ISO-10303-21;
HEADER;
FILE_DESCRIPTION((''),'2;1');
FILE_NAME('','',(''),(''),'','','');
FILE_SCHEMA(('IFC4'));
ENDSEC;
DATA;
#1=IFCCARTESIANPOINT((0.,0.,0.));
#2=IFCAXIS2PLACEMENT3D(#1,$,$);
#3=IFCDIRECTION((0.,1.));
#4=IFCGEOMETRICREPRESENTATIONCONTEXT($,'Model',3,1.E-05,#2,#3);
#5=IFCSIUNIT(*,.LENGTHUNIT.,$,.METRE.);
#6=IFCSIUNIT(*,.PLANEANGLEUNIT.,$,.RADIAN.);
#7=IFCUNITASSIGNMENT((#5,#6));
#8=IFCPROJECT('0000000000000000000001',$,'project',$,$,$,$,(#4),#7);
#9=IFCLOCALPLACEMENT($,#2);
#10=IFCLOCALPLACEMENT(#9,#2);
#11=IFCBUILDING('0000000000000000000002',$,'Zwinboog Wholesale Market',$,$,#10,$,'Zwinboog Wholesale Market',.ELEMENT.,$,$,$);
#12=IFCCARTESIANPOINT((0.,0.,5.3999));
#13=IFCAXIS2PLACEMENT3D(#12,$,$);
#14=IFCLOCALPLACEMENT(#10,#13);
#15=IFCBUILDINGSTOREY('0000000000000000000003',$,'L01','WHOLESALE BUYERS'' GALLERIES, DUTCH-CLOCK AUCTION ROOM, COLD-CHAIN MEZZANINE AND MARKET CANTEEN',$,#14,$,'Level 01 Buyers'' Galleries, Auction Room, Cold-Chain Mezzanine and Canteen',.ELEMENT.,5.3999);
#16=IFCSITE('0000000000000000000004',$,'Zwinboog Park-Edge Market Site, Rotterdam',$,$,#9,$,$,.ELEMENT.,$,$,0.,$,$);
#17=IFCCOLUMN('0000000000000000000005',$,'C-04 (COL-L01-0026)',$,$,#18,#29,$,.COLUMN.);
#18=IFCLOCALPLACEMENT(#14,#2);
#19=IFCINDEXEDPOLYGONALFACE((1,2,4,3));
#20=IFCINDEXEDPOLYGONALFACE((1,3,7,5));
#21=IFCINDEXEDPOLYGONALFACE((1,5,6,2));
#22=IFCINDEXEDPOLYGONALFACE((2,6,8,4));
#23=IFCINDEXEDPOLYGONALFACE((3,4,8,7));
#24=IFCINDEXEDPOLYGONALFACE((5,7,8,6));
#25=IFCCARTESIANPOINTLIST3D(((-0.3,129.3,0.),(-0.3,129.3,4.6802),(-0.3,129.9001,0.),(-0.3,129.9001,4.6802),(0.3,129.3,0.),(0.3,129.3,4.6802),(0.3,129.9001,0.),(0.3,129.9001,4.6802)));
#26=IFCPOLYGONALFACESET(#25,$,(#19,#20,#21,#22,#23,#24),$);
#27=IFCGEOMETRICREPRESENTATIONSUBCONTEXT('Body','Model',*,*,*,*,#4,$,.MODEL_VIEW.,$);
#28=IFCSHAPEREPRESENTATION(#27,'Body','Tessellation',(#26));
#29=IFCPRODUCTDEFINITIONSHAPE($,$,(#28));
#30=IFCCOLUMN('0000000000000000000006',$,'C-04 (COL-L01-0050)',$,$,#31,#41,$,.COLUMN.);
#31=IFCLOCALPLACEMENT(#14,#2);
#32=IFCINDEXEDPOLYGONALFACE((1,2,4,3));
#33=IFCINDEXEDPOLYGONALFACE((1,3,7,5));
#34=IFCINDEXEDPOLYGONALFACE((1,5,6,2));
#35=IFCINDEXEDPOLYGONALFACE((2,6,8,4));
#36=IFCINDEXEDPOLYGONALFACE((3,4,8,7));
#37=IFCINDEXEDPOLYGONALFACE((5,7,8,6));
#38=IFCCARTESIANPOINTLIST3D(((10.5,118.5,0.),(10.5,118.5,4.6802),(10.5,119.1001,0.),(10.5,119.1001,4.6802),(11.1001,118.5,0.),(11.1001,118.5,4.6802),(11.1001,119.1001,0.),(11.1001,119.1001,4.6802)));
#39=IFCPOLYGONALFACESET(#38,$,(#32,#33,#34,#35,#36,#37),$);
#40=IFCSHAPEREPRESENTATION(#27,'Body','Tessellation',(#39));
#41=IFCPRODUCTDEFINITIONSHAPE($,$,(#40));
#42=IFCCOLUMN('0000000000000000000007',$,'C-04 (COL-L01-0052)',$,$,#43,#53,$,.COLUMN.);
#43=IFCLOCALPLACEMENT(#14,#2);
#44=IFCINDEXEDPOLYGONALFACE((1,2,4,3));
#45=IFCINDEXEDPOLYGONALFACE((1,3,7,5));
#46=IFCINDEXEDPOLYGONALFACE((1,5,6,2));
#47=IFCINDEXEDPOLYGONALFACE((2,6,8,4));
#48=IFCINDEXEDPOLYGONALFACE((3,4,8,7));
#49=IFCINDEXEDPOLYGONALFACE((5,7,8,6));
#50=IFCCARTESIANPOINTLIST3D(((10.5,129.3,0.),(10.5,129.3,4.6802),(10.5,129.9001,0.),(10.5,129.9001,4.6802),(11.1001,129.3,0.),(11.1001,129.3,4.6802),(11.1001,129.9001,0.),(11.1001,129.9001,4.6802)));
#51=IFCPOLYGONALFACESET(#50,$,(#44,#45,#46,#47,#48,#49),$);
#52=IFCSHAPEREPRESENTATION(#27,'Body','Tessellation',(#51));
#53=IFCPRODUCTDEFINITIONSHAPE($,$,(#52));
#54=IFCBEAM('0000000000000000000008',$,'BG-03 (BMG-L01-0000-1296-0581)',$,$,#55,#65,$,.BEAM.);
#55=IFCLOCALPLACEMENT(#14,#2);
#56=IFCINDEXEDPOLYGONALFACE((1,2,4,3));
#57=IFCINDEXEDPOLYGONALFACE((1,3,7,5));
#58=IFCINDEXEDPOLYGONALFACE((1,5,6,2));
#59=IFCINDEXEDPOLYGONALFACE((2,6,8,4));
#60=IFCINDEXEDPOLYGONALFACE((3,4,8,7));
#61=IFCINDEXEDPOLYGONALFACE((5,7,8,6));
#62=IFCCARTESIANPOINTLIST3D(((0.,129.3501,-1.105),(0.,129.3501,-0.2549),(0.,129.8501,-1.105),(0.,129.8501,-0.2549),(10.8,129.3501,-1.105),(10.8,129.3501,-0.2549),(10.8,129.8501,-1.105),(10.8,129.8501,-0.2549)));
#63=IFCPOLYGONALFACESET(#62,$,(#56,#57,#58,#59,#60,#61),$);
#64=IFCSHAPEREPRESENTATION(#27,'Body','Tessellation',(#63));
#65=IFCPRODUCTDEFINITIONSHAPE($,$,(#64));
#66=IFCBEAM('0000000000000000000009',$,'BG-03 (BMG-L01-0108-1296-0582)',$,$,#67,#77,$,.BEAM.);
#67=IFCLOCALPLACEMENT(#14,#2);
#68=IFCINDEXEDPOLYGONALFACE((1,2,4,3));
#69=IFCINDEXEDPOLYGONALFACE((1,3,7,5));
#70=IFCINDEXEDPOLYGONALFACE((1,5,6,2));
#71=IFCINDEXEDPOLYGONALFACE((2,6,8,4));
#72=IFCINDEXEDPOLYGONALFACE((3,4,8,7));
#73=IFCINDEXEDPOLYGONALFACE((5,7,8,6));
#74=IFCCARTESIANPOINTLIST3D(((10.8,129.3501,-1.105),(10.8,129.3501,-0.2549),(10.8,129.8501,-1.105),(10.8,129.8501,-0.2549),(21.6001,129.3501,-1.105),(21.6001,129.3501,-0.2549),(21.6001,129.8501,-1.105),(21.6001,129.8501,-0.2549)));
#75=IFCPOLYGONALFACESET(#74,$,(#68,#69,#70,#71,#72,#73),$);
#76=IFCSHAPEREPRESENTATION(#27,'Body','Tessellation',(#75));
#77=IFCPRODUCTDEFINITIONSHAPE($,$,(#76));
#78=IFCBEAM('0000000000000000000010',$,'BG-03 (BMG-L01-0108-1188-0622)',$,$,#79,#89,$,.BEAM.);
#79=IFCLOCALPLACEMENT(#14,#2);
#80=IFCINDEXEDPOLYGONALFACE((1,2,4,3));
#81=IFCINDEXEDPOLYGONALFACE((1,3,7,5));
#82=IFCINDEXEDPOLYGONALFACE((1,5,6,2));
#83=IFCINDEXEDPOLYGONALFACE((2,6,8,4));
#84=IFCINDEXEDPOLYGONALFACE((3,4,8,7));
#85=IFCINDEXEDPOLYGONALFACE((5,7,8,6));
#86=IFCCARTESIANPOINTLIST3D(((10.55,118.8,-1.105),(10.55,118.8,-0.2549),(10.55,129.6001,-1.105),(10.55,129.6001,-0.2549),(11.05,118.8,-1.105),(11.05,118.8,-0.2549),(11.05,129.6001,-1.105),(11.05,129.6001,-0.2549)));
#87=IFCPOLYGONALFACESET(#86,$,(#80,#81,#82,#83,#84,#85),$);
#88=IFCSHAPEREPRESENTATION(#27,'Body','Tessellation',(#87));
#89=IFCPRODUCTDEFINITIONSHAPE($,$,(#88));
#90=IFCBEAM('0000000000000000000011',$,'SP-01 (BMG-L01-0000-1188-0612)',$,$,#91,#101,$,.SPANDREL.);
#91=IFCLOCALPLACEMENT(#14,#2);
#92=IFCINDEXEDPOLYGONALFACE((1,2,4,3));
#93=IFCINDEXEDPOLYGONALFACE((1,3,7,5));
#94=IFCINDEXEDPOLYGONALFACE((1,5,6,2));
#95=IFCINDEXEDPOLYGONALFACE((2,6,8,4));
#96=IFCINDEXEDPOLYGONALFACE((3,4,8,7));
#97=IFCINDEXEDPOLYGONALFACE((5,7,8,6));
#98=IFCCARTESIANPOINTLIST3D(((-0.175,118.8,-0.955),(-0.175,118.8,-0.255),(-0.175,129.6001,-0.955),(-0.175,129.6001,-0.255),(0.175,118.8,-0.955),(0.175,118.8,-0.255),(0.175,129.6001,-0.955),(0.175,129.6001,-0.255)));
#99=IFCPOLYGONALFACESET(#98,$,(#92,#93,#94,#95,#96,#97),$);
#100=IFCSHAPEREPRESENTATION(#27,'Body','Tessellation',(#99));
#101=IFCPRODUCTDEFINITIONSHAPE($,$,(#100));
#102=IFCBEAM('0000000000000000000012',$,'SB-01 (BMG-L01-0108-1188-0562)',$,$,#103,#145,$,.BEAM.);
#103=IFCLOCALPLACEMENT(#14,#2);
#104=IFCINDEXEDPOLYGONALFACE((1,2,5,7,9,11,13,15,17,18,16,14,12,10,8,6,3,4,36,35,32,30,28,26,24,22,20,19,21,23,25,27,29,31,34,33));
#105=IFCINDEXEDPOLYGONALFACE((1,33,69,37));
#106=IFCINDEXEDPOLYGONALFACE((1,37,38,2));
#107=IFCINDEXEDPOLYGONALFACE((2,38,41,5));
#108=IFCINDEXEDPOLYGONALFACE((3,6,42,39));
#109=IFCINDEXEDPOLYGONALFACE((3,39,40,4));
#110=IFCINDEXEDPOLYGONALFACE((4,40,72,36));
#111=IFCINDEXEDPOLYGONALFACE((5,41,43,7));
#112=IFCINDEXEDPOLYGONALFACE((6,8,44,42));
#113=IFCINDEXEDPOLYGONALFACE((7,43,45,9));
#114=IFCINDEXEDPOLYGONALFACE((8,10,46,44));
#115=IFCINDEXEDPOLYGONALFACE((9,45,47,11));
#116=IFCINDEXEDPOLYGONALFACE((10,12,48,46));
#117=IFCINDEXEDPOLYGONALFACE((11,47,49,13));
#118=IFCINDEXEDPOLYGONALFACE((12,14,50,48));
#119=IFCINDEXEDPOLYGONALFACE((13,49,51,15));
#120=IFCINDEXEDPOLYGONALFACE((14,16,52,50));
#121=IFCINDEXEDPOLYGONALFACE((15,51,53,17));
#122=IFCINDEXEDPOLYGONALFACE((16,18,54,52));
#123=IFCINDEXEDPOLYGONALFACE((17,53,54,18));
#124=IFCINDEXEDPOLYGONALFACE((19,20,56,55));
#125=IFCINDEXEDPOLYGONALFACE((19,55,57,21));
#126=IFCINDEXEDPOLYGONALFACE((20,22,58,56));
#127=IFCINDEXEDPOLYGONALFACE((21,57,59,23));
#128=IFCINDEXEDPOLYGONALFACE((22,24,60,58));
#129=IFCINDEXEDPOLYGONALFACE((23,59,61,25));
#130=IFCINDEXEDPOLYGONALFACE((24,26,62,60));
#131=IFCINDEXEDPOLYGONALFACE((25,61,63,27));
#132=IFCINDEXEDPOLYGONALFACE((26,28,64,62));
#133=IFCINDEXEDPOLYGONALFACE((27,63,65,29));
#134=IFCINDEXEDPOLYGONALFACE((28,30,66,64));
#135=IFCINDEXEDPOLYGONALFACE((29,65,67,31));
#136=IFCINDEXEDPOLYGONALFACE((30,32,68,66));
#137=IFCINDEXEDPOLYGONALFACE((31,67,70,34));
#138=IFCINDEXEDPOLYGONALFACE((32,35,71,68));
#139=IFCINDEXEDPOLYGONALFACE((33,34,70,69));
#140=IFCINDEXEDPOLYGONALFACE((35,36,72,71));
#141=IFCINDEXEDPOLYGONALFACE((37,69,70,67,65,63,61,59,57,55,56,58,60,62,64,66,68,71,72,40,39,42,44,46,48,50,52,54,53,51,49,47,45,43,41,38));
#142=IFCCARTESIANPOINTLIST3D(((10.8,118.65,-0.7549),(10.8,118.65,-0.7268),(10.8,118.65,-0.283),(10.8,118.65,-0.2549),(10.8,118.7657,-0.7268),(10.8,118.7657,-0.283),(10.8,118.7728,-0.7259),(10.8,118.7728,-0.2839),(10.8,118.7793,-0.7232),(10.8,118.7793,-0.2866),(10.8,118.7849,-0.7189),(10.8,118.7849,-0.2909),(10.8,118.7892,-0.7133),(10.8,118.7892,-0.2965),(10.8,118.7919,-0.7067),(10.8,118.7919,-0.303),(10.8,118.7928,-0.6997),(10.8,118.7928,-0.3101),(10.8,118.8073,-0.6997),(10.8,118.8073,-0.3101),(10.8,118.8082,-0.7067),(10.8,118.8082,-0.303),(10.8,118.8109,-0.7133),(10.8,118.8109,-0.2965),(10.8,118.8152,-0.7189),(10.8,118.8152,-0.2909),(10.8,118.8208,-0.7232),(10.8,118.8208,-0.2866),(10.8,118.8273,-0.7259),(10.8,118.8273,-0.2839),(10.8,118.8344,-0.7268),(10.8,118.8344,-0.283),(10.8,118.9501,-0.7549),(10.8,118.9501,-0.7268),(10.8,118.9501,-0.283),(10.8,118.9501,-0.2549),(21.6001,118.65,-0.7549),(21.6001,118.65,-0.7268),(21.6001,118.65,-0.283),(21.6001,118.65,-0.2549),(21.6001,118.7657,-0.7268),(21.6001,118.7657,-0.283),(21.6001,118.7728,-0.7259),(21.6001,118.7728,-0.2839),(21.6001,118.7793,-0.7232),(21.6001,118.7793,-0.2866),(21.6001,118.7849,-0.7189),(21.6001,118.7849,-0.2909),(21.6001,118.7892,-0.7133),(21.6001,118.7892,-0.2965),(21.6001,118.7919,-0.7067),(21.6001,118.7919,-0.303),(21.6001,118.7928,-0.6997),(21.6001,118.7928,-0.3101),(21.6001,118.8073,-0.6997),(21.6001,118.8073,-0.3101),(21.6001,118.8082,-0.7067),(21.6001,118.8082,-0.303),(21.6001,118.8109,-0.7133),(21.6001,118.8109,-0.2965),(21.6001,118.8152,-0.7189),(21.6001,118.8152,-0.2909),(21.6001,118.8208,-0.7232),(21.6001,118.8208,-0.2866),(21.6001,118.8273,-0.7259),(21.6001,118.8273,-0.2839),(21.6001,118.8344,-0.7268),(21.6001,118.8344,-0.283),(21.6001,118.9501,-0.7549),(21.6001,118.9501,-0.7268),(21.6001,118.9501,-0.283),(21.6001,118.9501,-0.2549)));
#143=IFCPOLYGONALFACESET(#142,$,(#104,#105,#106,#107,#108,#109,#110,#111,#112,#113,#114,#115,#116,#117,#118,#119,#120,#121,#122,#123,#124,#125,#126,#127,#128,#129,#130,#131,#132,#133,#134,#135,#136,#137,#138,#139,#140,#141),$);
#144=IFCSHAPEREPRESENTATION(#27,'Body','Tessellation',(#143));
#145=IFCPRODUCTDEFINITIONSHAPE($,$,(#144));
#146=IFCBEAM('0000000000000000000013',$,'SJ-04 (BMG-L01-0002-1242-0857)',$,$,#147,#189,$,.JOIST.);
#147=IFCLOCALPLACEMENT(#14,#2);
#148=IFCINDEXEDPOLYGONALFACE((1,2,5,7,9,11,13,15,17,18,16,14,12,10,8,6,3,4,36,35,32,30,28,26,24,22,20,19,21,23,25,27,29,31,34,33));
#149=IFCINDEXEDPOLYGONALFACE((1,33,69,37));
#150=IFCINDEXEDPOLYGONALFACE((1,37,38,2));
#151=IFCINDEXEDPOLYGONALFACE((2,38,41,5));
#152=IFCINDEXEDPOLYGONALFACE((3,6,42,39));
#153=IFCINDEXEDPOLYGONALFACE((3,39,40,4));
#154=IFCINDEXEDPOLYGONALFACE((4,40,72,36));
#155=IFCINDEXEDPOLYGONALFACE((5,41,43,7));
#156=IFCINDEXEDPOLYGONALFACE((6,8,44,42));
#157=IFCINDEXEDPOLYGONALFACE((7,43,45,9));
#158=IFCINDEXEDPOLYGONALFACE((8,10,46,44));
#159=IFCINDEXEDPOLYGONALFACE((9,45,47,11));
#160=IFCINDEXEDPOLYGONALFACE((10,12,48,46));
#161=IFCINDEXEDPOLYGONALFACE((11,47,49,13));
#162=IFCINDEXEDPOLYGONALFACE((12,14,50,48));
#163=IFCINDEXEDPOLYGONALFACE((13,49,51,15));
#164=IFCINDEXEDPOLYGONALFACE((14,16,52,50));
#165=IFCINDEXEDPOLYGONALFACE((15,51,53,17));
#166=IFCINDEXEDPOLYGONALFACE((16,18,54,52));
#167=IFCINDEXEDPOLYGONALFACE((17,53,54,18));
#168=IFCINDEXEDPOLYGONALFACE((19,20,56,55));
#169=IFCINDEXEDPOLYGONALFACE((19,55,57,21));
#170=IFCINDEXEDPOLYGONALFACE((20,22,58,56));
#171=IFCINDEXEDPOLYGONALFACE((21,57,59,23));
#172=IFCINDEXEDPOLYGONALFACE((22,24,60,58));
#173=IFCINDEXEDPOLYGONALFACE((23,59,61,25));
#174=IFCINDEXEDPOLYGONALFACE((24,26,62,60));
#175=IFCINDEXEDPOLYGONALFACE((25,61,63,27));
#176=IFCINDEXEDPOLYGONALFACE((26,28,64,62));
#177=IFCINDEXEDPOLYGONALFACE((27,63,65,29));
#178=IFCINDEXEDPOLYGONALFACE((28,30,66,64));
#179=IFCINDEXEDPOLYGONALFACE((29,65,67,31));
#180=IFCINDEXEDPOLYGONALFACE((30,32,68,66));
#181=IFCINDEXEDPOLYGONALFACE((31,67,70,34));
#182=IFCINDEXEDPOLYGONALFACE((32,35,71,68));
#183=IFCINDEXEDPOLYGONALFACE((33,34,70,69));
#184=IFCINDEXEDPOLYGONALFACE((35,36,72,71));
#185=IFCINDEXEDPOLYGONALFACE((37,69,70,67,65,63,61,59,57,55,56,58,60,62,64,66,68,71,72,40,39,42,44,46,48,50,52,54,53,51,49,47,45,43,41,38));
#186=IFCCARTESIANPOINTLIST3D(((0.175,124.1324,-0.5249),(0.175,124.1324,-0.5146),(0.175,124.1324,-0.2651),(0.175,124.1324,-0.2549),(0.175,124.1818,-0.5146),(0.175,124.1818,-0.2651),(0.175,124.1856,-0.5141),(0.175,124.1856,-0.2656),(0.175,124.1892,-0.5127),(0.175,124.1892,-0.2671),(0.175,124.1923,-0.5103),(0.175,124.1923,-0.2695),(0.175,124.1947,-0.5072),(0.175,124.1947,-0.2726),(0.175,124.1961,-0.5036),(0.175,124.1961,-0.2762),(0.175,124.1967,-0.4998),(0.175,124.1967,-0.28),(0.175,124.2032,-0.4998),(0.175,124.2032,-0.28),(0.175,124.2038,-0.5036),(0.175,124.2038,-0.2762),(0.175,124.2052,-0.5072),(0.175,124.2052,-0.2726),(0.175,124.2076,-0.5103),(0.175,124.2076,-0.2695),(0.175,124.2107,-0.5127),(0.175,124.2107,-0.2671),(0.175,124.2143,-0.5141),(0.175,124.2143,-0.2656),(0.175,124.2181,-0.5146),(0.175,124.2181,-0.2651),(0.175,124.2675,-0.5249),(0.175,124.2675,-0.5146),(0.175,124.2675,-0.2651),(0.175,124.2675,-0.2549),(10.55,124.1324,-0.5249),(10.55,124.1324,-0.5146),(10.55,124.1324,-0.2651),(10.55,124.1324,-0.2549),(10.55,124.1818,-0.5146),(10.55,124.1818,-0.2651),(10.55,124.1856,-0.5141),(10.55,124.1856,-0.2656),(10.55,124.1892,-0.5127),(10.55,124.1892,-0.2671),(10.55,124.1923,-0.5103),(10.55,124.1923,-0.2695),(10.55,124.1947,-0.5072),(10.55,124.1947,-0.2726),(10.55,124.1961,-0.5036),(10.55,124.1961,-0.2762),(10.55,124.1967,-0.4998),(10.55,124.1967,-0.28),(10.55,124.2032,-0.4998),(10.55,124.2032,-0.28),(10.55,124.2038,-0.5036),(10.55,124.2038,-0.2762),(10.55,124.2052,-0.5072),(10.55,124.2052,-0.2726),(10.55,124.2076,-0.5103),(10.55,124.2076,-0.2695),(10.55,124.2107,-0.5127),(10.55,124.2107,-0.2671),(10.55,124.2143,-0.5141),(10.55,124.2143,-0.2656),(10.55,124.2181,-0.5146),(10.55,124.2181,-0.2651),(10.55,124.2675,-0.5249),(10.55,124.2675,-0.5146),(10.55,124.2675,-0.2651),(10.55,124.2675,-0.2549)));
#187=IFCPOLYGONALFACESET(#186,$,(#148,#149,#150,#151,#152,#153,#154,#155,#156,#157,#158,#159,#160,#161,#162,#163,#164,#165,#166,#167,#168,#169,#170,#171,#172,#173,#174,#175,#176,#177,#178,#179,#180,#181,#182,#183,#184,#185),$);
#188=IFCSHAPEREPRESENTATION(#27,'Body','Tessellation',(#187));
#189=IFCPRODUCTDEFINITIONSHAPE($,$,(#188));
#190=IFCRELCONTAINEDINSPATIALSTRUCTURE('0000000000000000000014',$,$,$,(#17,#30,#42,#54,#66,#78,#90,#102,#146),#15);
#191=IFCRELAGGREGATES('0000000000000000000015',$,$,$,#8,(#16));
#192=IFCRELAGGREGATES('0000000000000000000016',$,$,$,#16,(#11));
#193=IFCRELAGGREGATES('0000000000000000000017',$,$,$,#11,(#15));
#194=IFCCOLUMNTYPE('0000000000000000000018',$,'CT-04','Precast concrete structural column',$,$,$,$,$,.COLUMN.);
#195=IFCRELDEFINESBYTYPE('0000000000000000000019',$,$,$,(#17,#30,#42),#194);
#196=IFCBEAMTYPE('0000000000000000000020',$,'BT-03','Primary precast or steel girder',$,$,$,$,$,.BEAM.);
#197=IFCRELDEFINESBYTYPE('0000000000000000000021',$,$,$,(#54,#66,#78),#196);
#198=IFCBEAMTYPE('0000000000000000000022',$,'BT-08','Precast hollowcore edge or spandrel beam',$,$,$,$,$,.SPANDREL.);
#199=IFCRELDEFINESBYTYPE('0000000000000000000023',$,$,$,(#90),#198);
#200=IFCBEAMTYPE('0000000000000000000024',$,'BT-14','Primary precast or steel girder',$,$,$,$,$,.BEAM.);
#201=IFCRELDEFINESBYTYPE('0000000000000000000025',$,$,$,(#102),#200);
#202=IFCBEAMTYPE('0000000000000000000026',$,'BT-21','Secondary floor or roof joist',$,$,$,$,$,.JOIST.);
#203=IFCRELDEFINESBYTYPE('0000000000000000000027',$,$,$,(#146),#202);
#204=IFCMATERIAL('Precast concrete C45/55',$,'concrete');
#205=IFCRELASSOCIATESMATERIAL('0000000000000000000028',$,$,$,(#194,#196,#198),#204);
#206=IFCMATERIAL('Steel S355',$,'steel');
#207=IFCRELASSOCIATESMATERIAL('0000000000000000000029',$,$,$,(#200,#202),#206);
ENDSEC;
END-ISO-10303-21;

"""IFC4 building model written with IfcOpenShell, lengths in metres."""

from ifc_helpers import new_model, si_unit, direction, frame, origin, origin_2d, place, context, subcontext, project, spatial, rectangle, i_section, extrude, material, material_profile, profile_set, type_object, element, save


model = new_model("IFC4")

# Units and contexts
model_context = context("Model", 3, precision=1e-05, world=origin(), true_north=direction((0.0, 1.0)))
body_context = subcontext(model_context, "Body", "Model", "MODEL_VIEW")
ifc_project = project(units=[si_unit("LENGTHUNIT", "METRE"), si_unit("PLANEANGLEUNIT", "RADIAN")], contexts=[model_context])

# Site, building, storey
site_placement = place(None, origin())
site = spatial("IfcSite", under=ifc_project, at=site_placement, Name="Zwinboog Park-Edge Market Site, Rotterdam", CompositionType="ELEMENT", RefElevation=0.0)
building_placement = place(site_placement, origin())
building = spatial("IfcBuilding", under=site, at=building_placement, Name="Zwinboog Wholesale Market", LongName="Zwinboog Wholesale Market", CompositionType="ELEMENT")
storey_placement = place(building_placement, frame((0.0, 0.0, 5.3999)))
storey = spatial("IfcBuildingStorey", under=building, at=storey_placement, Name="L01", Description="WHOLESALE BUYERS' GALLERIES, DUTCH-CLOCK AUCTION ROOM, COLD-CHAIN MEZZANINE AND MARKET CANTEEN", LongName="Level 01 Buyers' Galleries, Auction Room, Cold-Chain Mezzanine and Canteen", CompositionType="ELEMENT", Elevation=5.3999)

# Columns
ifc_material_1 = material(Name="Precast concrete C45/55", Category="concrete")
ifc_material_profile_1 = material_profile(ifc_material_1, rectangle(XDim=0.6001, YDim=0.6001, at=origin_2d()), Name="PC 600x600")
ifc_profile_set_1 = profile_set([ifc_material_profile_1], Name="Precast concrete C45/55")
column_type = type_object("IfcColumnType", Name="CT-04", Description="Precast concrete structural column", PredefinedType="COLUMN", material=ifc_profile_set_1)
for number, where, z_axis, x_axis, name in (
    (1, (0.0, 129.6001, 0.0), (0.0, 0.0, 1.0), (1.0, 0.0, 0.0), "C-04 (COL-L01-0026)"),
    (2, (10.8, 118.8, 0.0), (0.0, 0.0, 1.0), (1.0, 0.0, 0.0), "C-04 (COL-L01-0050)"),
    (3, (10.8, 129.6001, 0.0), (0.0, 0.0, 1.0), (1.0, 0.0, 0.0), "C-04 (COL-L01-0052)"),
):
    element("IfcColumn", number, at=place(storey_placement, frame(where, z_axis=z_axis, x_axis=x_axis)), inside=storey, type_object=column_type, Name=name, PredefinedType="COLUMN", context=body_context, shape_type="SweptSolid", body=[
        extrude(rectangle(XDim=0.6001, YDim=0.6001, at=origin_2d()), origin(), (0.0, 0.0, 1.0), 4.6802),
    ])

# Beams
ifc_material_profile_2 = material_profile(ifc_material_1, rectangle(XDim=0.5, YDim=0.8501, at=origin_2d()), Name="PC 500x850")
ifc_profile_set_2 = profile_set([ifc_material_profile_2], Name="Precast concrete C45/55")
beam_type_1 = type_object("IfcBeamType", Name="BT-03", Description="Primary precast or steel girder", PredefinedType="BEAM", material=ifc_profile_set_2)
for number, where, z_axis, x_axis, name in (
    (4, (0.0, 129.6001, -0.6799), (1.0, 0.0, 0.0), (0.0, 1.0, 0.0), "BG-03 (BMG-L01-0000-1296-0581)"),
    (5, (10.8, 129.6001, -0.6799), (1.0, 0.0, 0.0), (0.0, 1.0, 0.0), "BG-03 (BMG-L01-0108-1296-0582)"),
    (6, (10.8, 118.8, -0.6799), (0.0, 1.0, 0.0), (-1.0, 0.0, 0.0), "BG-03 (BMG-L01-0108-1188-0622)"),
):
    element("IfcBeam", number, at=place(storey_placement, frame(where, z_axis=z_axis, x_axis=x_axis)), inside=storey, type_object=beam_type_1, Name=name, PredefinedType="BEAM", context=body_context, shape_type="SweptSolid", body=[
        extrude(rectangle(XDim=0.5, YDim=0.8501, at=origin_2d()), origin(), (0.0, 0.0, 1.0), 10.8),
    ])
ifc_material_profile_3 = material_profile(ifc_material_1, rectangle(XDim=0.3501, YDim=0.7, at=origin_2d()), Name="PC 350x700")
ifc_profile_set_3 = profile_set([ifc_material_profile_3], Name="Precast concrete C45/55")
beam_type_2 = type_object("IfcBeamType", Name="BT-08", Description="Precast hollowcore edge or spandrel beam", PredefinedType="SPANDREL", material=ifc_profile_set_3)
beam_1_placement = place(storey_placement, frame((0.0, 118.8, -0.605), z_axis=(0.0, 1.0, 0.0), x_axis=(-1.0, 0.0, 0.0)))
element("IfcBeam", 7, at=beam_1_placement, inside=storey, type_object=beam_type_2, Name="SP-01 (BMG-L01-0000-1188-0612)", PredefinedType="SPANDREL", context=body_context, shape_type="SweptSolid", body=[
    extrude(rectangle(XDim=0.3501, YDim=0.7, at=origin_2d()), origin(), (0.0, 0.0, 1.0), 10.8),
])
ifc_material_2 = material(Name="Steel S355", Category="steel")
ifc_material_profile_4 = material_profile(ifc_material_2, i_section(OverallWidth=0.3, OverallDepth=0.5, WebThickness=0.0144, FlangeThickness=0.0281, FilletRadius=0.0271, at=origin_2d()), Name="HEB 500")
ifc_profile_set_4 = profile_set([ifc_material_profile_4], Name="Steel S355")
beam_type_3 = type_object("IfcBeamType", Name="BT-14", Description="Primary precast or steel girder", PredefinedType="BEAM", material=ifc_profile_set_4)
beam_2_placement = place(storey_placement, frame((10.8, 118.8, -0.5049), z_axis=(1.0, 0.0, 0.0), x_axis=(0.0, 1.0, 0.0)))
element("IfcBeam", 8, at=beam_2_placement, inside=storey, type_object=beam_type_3, Name="SB-01 (BMG-L01-0108-1188-0562)", PredefinedType="BEAM", context=body_context, shape_type="SweptSolid", body=[
    extrude(i_section(OverallWidth=0.3, OverallDepth=0.5, WebThickness=0.0144, FlangeThickness=0.0281, FilletRadius=0.0271, at=origin_2d()), origin(), (0.0, 0.0, 1.0), 10.8),
])
ifc_material_profile_5 = material_profile(ifc_material_2, i_section(OverallWidth=0.135, OverallDepth=0.27, WebThickness=0.0066, FlangeThickness=0.0103, FilletRadius=0.0149, at=origin_2d()), Name="IPE 270")
ifc_profile_set_5 = profile_set([ifc_material_profile_5], Name="Steel S355")
beam_type_4 = type_object("IfcBeamType", Name="BT-21", Description="Secondary floor or roof joist", PredefinedType="JOIST", material=ifc_profile_set_5)
beam_3_placement = place(storey_placement, frame((0.175, 124.2, -0.3899), z_axis=(1.0, 0.0, 0.0), x_axis=(0.0, 1.0, 0.0)))
element("IfcBeam", 9, at=beam_3_placement, inside=storey, type_object=beam_type_4, Name="SJ-04 (BMG-L01-0002-1242-0857)", PredefinedType="JOIST", context=body_context, shape_type="SweptSolid", body=[
    extrude(i_section(OverallWidth=0.135, OverallDepth=0.27, WebThickness=0.0066, FlangeThickness=0.0103, FilletRadius=0.0149, at=origin_2d()), origin(), (0.0, 0.0, 1.0), 10.375),
])

save(model, "model.ifc")
